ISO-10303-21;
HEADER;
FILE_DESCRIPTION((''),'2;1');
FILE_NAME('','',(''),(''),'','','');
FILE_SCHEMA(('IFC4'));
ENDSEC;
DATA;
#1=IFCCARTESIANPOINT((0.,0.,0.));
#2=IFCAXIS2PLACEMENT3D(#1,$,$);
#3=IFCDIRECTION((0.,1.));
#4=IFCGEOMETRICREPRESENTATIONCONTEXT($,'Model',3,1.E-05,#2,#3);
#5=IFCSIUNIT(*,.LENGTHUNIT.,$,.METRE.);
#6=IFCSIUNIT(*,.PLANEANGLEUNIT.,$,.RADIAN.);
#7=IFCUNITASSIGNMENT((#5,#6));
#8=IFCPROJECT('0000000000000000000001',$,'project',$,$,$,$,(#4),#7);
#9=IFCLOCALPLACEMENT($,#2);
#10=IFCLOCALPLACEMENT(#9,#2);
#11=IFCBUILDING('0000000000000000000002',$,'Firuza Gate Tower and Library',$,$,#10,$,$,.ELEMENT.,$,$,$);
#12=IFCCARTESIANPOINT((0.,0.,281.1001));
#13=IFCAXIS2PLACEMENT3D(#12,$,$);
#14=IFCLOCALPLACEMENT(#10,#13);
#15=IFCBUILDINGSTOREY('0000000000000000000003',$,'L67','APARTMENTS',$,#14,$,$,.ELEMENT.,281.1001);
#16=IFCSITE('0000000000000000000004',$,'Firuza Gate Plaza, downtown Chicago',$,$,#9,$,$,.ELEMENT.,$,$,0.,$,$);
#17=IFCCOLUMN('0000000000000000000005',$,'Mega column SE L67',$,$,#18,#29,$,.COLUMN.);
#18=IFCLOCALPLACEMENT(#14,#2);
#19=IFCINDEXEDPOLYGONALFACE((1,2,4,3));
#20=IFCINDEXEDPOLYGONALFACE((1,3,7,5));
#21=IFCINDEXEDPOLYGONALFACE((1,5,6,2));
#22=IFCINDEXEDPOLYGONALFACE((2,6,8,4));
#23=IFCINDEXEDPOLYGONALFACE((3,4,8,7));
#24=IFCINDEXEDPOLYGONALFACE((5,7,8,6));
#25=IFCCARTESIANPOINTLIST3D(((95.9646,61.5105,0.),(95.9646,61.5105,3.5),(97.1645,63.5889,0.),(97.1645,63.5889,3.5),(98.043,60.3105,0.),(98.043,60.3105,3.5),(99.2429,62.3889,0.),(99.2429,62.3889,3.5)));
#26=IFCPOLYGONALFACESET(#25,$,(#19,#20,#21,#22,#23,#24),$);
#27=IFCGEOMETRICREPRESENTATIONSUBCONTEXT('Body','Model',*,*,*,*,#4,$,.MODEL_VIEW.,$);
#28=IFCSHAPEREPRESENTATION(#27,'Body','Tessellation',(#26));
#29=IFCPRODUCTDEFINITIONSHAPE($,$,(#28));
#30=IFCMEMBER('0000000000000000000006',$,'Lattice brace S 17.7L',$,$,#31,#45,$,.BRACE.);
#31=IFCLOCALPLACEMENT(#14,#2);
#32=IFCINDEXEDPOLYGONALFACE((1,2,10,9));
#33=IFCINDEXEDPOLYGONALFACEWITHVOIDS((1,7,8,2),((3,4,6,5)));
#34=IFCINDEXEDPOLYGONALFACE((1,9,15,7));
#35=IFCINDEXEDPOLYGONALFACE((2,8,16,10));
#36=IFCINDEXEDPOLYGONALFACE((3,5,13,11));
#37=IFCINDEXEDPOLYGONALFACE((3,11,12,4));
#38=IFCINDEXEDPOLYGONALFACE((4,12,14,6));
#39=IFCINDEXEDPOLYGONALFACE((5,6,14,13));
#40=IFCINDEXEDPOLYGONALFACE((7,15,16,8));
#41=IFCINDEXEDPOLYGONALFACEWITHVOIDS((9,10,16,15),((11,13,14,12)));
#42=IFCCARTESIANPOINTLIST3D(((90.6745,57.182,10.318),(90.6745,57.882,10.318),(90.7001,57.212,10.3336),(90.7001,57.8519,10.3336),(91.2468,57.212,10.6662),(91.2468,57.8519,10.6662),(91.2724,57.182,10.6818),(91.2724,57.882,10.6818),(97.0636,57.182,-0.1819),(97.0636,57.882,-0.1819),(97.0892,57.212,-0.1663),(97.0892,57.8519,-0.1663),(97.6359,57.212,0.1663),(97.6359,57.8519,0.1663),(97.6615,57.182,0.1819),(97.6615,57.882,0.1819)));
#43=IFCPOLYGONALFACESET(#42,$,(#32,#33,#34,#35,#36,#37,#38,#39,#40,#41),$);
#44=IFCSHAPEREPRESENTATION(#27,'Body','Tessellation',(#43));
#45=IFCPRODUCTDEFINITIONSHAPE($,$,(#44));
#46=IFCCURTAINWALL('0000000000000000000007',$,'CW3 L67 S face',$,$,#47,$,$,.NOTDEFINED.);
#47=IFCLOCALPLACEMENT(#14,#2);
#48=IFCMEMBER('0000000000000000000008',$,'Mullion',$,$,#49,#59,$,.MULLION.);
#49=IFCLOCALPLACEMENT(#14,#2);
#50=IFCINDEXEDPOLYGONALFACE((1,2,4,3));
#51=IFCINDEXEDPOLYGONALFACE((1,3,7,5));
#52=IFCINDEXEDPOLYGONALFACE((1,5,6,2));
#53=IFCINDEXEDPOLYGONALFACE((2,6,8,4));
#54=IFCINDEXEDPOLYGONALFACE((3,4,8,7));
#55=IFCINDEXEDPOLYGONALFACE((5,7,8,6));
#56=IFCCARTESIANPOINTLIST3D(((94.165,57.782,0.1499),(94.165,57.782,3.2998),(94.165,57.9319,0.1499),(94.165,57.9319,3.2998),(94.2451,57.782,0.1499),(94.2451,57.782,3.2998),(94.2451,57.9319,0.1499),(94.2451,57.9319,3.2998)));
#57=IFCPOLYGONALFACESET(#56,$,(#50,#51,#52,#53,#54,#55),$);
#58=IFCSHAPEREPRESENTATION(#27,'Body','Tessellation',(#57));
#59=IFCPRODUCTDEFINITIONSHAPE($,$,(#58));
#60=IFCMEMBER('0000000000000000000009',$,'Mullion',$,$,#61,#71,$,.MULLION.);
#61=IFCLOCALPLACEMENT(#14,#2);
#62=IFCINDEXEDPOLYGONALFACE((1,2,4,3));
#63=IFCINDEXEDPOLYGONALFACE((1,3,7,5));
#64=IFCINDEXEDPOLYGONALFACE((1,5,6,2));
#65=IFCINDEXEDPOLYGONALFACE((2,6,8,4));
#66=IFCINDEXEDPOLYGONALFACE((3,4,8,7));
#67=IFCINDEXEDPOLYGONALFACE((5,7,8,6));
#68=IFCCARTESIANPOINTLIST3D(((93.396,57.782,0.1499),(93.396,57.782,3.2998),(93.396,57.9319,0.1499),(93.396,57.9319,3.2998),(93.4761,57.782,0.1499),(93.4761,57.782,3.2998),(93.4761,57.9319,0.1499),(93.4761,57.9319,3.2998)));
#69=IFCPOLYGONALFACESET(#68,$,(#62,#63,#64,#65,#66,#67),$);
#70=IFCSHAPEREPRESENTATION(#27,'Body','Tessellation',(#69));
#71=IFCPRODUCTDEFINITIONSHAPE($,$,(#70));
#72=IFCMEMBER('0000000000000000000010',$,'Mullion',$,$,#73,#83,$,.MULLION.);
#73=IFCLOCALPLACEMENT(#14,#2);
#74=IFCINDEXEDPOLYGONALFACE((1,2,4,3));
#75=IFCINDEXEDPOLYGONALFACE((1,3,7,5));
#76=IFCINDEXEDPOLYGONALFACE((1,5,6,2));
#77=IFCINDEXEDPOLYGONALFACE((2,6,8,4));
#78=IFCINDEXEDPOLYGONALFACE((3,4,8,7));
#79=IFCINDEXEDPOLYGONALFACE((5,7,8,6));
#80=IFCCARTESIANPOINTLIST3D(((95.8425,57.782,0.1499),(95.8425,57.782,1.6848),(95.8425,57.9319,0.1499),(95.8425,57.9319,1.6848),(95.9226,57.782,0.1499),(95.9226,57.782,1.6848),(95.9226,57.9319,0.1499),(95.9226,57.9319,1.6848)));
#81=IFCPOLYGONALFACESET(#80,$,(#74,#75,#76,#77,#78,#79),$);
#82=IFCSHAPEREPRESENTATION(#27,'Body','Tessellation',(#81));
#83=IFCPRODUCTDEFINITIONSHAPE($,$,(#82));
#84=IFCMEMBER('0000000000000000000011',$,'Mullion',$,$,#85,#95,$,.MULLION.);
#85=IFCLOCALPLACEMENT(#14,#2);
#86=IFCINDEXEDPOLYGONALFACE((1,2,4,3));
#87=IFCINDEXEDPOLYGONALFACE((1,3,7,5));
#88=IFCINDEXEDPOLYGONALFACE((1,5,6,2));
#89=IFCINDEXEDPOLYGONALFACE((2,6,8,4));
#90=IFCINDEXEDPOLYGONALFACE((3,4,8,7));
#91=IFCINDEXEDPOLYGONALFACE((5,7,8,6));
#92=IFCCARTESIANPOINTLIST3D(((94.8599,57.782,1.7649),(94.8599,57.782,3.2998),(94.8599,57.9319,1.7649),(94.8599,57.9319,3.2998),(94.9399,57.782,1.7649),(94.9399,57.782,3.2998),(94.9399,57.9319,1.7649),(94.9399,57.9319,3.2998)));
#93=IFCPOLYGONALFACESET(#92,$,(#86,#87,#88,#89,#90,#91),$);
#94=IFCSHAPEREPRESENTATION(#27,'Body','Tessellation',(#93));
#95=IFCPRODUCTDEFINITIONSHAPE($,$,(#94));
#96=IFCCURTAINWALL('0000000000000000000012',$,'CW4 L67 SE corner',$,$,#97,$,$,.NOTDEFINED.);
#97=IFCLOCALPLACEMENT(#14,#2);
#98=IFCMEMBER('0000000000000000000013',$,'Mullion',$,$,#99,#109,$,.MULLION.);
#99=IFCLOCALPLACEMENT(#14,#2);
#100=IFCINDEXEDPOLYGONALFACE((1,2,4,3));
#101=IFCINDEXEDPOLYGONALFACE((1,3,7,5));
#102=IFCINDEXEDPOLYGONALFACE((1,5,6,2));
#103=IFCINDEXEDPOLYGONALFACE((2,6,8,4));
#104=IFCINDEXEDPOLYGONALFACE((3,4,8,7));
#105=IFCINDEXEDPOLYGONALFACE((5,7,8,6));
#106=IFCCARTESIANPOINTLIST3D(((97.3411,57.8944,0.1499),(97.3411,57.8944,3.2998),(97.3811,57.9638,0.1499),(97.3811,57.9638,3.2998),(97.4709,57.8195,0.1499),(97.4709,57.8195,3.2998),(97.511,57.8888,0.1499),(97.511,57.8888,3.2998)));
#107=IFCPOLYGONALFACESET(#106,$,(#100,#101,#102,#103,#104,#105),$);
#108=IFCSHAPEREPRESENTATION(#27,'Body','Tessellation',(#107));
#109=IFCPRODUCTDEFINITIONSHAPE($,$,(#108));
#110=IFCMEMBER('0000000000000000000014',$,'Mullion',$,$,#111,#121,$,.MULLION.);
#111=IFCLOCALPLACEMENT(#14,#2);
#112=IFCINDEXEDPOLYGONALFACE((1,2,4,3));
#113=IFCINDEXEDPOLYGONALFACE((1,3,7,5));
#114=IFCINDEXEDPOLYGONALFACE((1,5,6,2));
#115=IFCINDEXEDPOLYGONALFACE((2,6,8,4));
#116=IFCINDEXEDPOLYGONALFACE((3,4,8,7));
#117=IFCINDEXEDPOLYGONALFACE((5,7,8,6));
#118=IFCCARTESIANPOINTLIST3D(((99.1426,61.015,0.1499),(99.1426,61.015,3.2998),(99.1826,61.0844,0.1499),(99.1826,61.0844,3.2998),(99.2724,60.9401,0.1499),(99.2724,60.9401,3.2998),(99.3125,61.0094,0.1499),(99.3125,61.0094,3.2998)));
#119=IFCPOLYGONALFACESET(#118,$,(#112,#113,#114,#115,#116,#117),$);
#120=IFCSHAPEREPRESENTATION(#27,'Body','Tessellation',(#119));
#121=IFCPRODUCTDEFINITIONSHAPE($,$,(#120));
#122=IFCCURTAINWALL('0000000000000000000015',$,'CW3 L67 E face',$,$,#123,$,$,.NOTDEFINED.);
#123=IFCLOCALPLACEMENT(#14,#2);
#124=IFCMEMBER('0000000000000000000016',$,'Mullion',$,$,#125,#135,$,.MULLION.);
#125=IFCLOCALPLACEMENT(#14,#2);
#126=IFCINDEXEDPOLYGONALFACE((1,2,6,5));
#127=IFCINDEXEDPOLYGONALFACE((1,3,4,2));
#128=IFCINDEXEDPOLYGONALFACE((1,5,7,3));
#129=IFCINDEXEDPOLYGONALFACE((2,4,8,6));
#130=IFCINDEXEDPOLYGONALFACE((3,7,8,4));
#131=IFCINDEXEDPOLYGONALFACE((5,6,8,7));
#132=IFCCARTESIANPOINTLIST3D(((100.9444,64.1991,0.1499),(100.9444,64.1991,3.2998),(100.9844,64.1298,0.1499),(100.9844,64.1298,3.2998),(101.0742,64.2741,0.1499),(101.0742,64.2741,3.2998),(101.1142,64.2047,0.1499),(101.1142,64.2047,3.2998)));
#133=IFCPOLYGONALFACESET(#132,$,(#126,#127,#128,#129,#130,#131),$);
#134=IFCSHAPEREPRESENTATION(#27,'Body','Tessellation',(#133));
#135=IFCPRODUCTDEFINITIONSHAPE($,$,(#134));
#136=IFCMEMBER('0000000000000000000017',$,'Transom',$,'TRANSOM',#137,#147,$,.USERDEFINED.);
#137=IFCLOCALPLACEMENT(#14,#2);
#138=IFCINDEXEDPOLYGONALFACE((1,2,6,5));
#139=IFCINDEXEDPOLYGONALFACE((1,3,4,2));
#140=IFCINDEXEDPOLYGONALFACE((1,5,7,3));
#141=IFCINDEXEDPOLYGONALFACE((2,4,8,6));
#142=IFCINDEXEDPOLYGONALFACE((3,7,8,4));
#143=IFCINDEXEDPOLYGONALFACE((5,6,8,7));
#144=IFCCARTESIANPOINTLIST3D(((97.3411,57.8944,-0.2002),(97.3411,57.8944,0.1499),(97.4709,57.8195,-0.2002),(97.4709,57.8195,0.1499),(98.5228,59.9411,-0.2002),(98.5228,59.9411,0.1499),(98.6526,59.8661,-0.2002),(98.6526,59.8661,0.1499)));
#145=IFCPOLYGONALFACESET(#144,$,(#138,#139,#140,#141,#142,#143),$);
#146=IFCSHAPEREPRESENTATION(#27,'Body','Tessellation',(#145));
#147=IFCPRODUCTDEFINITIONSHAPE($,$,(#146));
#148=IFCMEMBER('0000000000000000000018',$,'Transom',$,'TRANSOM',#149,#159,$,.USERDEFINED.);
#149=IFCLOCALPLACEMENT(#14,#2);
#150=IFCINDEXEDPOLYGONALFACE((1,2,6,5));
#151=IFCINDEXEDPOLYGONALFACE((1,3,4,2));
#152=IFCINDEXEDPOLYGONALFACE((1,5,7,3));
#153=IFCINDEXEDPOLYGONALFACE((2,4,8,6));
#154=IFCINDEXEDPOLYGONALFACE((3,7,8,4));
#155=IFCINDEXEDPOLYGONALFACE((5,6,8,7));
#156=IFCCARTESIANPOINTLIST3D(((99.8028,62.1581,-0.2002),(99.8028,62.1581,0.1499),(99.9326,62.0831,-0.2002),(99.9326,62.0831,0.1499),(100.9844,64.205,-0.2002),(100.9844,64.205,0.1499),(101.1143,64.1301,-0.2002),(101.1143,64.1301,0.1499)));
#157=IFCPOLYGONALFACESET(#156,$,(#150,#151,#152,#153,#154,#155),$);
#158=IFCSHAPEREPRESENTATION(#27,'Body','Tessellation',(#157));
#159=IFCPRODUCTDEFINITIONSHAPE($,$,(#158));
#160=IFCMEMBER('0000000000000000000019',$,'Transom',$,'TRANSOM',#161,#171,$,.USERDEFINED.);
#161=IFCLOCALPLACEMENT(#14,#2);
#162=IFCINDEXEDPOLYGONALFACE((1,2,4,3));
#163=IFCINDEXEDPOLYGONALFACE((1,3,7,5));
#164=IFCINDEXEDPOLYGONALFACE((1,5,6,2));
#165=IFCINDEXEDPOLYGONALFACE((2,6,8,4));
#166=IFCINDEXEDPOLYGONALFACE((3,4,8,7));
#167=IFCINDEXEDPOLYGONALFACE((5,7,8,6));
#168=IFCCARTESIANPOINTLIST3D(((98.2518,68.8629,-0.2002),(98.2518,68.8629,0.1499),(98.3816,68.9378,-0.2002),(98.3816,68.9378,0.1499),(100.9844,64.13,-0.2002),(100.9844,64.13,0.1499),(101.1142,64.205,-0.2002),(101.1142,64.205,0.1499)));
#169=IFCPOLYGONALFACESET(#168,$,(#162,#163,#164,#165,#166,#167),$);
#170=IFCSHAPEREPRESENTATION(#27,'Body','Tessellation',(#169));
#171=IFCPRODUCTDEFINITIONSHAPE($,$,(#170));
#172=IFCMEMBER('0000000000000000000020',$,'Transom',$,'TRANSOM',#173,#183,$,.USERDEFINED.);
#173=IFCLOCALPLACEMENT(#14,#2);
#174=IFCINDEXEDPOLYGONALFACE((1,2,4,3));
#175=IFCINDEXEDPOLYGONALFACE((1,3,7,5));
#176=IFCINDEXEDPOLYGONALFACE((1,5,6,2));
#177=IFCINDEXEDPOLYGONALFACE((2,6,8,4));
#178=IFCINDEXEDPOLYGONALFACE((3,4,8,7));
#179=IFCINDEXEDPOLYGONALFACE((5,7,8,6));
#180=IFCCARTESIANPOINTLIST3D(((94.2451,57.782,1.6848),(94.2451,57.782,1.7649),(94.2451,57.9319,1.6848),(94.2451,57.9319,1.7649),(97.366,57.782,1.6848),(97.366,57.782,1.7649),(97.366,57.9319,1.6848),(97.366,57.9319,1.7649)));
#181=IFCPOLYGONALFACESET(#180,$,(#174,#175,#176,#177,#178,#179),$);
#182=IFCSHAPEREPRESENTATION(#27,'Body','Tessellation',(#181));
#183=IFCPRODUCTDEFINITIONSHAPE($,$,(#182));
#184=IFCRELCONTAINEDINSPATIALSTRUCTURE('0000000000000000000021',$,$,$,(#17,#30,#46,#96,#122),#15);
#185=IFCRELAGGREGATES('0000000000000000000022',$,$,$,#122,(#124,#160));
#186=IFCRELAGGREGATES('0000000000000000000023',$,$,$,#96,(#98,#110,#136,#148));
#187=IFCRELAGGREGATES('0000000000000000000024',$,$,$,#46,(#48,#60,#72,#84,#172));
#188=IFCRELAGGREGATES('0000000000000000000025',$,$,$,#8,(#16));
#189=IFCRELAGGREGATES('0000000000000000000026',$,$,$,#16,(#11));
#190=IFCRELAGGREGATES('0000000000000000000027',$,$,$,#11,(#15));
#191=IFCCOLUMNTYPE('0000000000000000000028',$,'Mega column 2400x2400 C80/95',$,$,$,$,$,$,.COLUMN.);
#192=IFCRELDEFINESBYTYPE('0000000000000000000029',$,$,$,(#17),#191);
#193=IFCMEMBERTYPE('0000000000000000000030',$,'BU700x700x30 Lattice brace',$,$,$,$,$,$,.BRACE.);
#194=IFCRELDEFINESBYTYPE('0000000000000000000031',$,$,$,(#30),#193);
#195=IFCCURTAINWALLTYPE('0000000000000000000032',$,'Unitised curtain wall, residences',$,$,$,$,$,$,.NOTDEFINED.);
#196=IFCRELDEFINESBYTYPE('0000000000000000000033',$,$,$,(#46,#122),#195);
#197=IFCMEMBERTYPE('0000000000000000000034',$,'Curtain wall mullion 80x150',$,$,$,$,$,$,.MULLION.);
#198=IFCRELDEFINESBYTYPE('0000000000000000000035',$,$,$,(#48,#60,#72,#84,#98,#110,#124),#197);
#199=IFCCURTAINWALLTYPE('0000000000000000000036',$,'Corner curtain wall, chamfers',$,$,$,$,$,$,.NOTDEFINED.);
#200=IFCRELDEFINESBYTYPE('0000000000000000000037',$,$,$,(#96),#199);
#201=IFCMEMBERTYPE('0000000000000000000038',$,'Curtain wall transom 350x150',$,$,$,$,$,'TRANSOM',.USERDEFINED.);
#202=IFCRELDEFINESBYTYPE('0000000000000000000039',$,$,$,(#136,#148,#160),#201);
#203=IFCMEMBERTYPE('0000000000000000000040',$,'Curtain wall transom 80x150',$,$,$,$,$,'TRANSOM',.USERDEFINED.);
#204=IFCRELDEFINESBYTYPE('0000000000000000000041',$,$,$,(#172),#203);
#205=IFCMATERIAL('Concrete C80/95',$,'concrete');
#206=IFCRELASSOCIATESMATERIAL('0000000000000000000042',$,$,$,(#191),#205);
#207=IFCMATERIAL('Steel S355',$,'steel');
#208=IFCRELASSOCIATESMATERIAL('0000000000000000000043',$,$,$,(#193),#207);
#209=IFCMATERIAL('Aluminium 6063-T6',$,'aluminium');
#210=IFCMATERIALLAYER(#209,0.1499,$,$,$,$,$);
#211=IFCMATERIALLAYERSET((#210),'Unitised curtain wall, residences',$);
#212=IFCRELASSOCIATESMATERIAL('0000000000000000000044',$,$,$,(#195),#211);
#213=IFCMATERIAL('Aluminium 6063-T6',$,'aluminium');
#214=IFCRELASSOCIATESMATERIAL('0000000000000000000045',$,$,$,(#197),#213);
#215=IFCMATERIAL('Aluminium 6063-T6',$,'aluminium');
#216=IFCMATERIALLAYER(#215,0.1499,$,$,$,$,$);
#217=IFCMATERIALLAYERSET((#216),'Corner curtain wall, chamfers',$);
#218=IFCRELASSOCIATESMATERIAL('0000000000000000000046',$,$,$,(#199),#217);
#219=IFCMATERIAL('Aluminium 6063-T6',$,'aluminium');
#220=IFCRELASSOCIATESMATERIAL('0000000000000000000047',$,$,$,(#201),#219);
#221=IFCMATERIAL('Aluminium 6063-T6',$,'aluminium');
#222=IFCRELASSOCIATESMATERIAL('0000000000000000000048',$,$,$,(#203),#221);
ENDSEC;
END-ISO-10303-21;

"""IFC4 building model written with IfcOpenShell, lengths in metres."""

from ifc_helpers import new_model, si_unit, direction, frame, origin, origin_2d, place, context, subcontext, project, spatial, rectangle, hollow_rectangle, extrude, material, layer, layer_set, material_profile, profile_set, type_object, element, aggregate, save


model = new_model("IFC4")

# Units and contexts
model_context = context("Model", 3, precision=1e-05, world=origin(), true_north=direction((0.0, 1.0)))
body_context = subcontext(model_context, "Body", "Model", "MODEL_VIEW")
ifc_project = project(units=[si_unit("LENGTHUNIT", "METRE"), si_unit("PLANEANGLEUNIT", "RADIAN")], contexts=[model_context])

# Site, building, storey
site_placement = place(None, origin())
site = spatial("IfcSite", under=ifc_project, at=site_placement, Name="Firuza Gate Plaza, downtown Chicago", CompositionType="ELEMENT", RefElevation=0.0)
building_placement = place(site_placement, origin())
building = spatial("IfcBuilding", under=site, at=building_placement, Name="Firuza Gate Tower and Library", CompositionType="ELEMENT")
storey_placement = place(building_placement, frame((0.0, 0.0, 281.1001)))
storey = spatial("IfcBuildingStorey", under=building, at=storey_placement, Name="L67", Description="APARTMENTS", CompositionType="ELEMENT", Elevation=281.1001)

# Column
ifc_material_1 = material(Name="Concrete C80/95", Category="concrete")
ifc_material_profile_1 = material_profile(ifc_material_1, rectangle(XDim=2.3999, YDim=2.3999, at=origin_2d()))
ifc_profile_set_1 = profile_set([ifc_material_profile_1], Name="Concrete C80/95")
column_type = type_object("IfcColumnType", Name="Mega column 2400x2400 C80/95", PredefinedType="COLUMN", material=ifc_profile_set_1)
column_placement = place(storey_placement, frame((97.6038, 61.9497, 0.0), z_axis=(0.0, 0.0, 1.0), x_axis=(0.5, 0.866025, 0.0)))
element("IfcColumn", 1, at=column_placement, inside=storey, type_object=column_type, Name="Mega column SE L67", PredefinedType="COLUMN", context=body_context, shape_type="SweptSolid", body=[
    extrude(rectangle(XDim=2.3999, YDim=2.3999, at=origin_2d()), origin(), (0.0, 0.0, 1.0), 3.5),
])

# Member
ifc_material_2 = material(Name="Steel S355", Category="steel")
ifc_material_profile_2 = material_profile(ifc_material_2, hollow_rectangle(XDim=0.7, YDim=0.7, WallThickness=0.03, at=origin_2d()))
ifc_profile_set_2 = profile_set([ifc_material_profile_2], Name="Steel S355")
member_type_1 = type_object("IfcMemberType", Name="BU700x700x30 Lattice brace", PredefinedType="BRACE", material=ifc_profile_set_2)
member_1_placement = place(storey_placement, frame((97.3625, 57.532, 0.0), z_axis=(-0.51982, 0.0, 0.854276), x_axis=(0.0, -1.0, 0.0)))
element("IfcMember", 2, at=member_1_placement, inside=storey, type_object=member_type_1, Name="Lattice brace S 17.7L", PredefinedType="BRACE", context=body_context, shape_type="SweptSolid", body=[
    extrude(hollow_rectangle(XDim=0.7, YDim=0.7, WallThickness=0.03, at=origin_2d()), origin(), (0.0, 0.0, 1.0), 12.291),
])

# Curtain walls, members
ifc_material_3 = material(Name="Aluminium 6063-T6", Category="aluminium")
ifc_layer_1 = layer(ifc_material_3, 0.1499)
ifc_layer_set_1 = layer_set([ifc_layer_1], Name="Unitised curtain wall, residences")
curtain_wall_type_1 = type_object("IfcCurtainWallType", Name="Unitised curtain wall, residences", PredefinedType="NOTDEFINED", material=ifc_layer_set_1)
placement = place(storey_placement, origin())
curtain_wall_1 = element("IfcCurtainWall", 3, at=placement, inside=storey, type_object=curtain_wall_type_1, Name="CW3 L67 S face", PredefinedType="NOTDEFINED")
ifc_material_4 = material(Name="Aluminium 6063-T6", Category="aluminium")
ifc_material_profile_3 = material_profile(ifc_material_4, rectangle(XDim=0.1499, YDim=0.0801, at=origin_2d()))
ifc_profile_set_3 = profile_set([ifc_material_profile_3], Name="Aluminium 6063-T6")
member_type_2 = type_object("IfcMemberType", Name="Curtain wall mullion 80x150", PredefinedType="MULLION", material=ifc_profile_set_3)
member_2_placement = place(storey_placement, frame((94.2051, 57.8569, 0.1499), z_axis=(0.0, 0.0, 1.0), x_axis=(0.0, 1.0, 0.0)))
member_2 = element("IfcMember", 4, at=member_2_placement, type_object=member_type_2, Name="Mullion", PredefinedType="MULLION", context=body_context, shape_type="SweptSolid", body=[
    extrude(rectangle(XDim=0.1499, YDim=0.0801, at=origin_2d()), origin(), (0.0, 0.0, 1.0), 3.1499),
])
member_3_placement = place(storey_placement, frame((93.436, 57.8569, 0.1499), z_axis=(0.0, 0.0, 1.0), x_axis=(0.0, 1.0, 0.0)))
member_3 = element("IfcMember", 5, at=member_3_placement, type_object=member_type_2, Name="Mullion", PredefinedType="MULLION", context=body_context, shape_type="SweptSolid", body=[
    extrude(rectangle(XDim=0.1499, YDim=0.0801, at=origin_2d()), origin(), (0.0, 0.0, 1.0), 3.1499),
])
member_4_placement = place(storey_placement, frame((95.8826, 57.8569, 0.1499), z_axis=(0.0, 0.0, 1.0), x_axis=(0.0, 1.0, 0.0)))
member_4 = element("IfcMember", 6, at=member_4_placement, type_object=member_type_2, Name="Mullion", PredefinedType="MULLION", context=body_context, shape_type="SweptSolid", body=[
    extrude(rectangle(XDim=0.1499, YDim=0.0801, at=origin_2d()), origin(), (0.0, 0.0, 1.0), 1.5349),
])
member_5_placement = place(storey_placement, frame((94.8999, 57.8569, 1.7649), z_axis=(0.0, 0.0, 1.0), x_axis=(0.0, 1.0, 0.0)))
member_5 = element("IfcMember", 7, at=member_5_placement, type_object=member_type_2, Name="Mullion", PredefinedType="MULLION", context=body_context, shape_type="SweptSolid", body=[
    extrude(rectangle(XDim=0.1499, YDim=0.0801, at=origin_2d()), origin(), (0.0, 0.0, 1.0), 1.5349),
])
ifc_material_5 = material(Name="Aluminium 6063-T6", Category="aluminium")
ifc_layer_2 = layer(ifc_material_5, 0.1499)
ifc_layer_set_2 = layer_set([ifc_layer_2], Name="Corner curtain wall, chamfers")
curtain_wall_type_2 = type_object("IfcCurtainWallType", Name="Corner curtain wall, chamfers", PredefinedType="NOTDEFINED", material=ifc_layer_set_2)
curtain_wall_2 = element("IfcCurtainWall", 8, at=placement, inside=storey, type_object=curtain_wall_type_2, Name="CW4 L67 SE corner", PredefinedType="NOTDEFINED")
member_6_placement = place(storey_placement, frame((97.426, 57.8916, 0.1499), z_axis=(0.0, 0.0, 1.0), x_axis=(-0.866025, 0.5, 0.0)))
member_6 = element("IfcMember", 9, at=member_6_placement, type_object=member_type_2, Name="Mullion", PredefinedType="MULLION", context=body_context, shape_type="SweptSolid", body=[
    extrude(rectangle(XDim=0.1499, YDim=0.0801, at=origin_2d()), origin(), (0.0, 0.0, 1.0), 3.1499),
])
member_7_placement = place(storey_placement, frame((99.2275, 61.0122, 0.1499), z_axis=(0.0, 0.0, 1.0), x_axis=(-0.866025, 0.5, 0.0)))
member_7 = element("IfcMember", 10, at=member_7_placement, type_object=member_type_2, Name="Mullion", PredefinedType="MULLION", context=body_context, shape_type="SweptSolid", body=[
    extrude(rectangle(XDim=0.1499, YDim=0.0801, at=origin_2d()), origin(), (0.0, 0.0, 1.0), 3.1499),
])

# Curtain wall, member
curtain_wall_3 = element("IfcCurtainWall", 11, at=placement, inside=storey, type_object=curtain_wall_type_1, Name="CW3 L67 E face", PredefinedType="NOTDEFINED")
member_8_placement = place(storey_placement, frame((101.0293, 64.2019, 0.1499), z_axis=(0.0, 0.0, 1.0), x_axis=(-0.866025, -0.5, 0.0)))
member_8 = element("IfcMember", 12, at=member_8_placement, type_object=member_type_2, Name="Mullion", PredefinedType="MULLION", context=body_context, shape_type="SweptSolid", body=[
    extrude(rectangle(XDim=0.1499, YDim=0.0801, at=origin_2d()), origin(), (0.0, 0.0, 1.0), 3.1499),
])

# Members
ifc_material_6 = material(Name="Aluminium 6063-T6", Category="aluminium")
ifc_material_profile_4 = material_profile(ifc_material_6, rectangle(XDim=0.1499, YDim=0.3501, at=origin_2d()))
ifc_profile_set_4 = profile_set([ifc_material_profile_4], Name="Aluminium 6063-T6")
member_type_3 = type_object("IfcMemberType", Name="Curtain wall transom 350x150", ElementType="TRANSOM", PredefinedType="USERDEFINED", material=ifc_profile_set_4)
member_9_placement = place(storey_placement, frame((97.406, 57.8569, -0.0251), z_axis=(0.500006, 0.866022, 0.0), x_axis=(-0.866022, 0.500006, 0.0)))
member_9 = element("IfcMember", 13, at=member_9_placement, type_object=member_type_3, Name="Transom", ObjectType="TRANSOM", PredefinedType="USERDEFINED", context=body_context, shape_type="SweptSolid", body=[
    extrude(rectangle(XDim=0.1499, YDim=0.3501, at=origin_2d()), origin(), (0.0, 0.0, 1.0), 2.3633),
])
member_10_placement = place(storey_placement, frame((99.8677, 62.1206, -0.0251), z_axis=(0.499961, 0.866048, 0.0), x_axis=(-0.866048, 0.499961, 0.0)))
member_10 = element("IfcMember", 14, at=member_10_placement, type_object=member_type_3, Name="Transom", ObjectType="TRANSOM", PredefinedType="USERDEFINED", context=body_context, shape_type="SweptSolid", body=[
    extrude(rectangle(XDim=0.1499, YDim=0.3501, at=origin_2d()), origin(), (0.0, 0.0, 1.0), 2.3635),
])
member_11_placement = place(storey_placement, frame((101.0493, 64.1675, -0.0251), z_axis=(-0.500016, 0.866016, 0.0), x_axis=(-0.866016, -0.500016, 0.0)))
member_11 = element("IfcMember", 15, at=member_11_placement, type_object=member_type_3, Name="Transom", ObjectType="TRANSOM", PredefinedType="USERDEFINED", context=body_context, shape_type="SweptSolid", body=[
    extrude(rectangle(XDim=0.1499, YDim=0.3501, at=origin_2d()), origin(), (0.0, 0.0, 1.0), 5.4651),
])
aggregate(curtain_wall_3, [member_8, member_11])
ifc_material_7 = material(Name="Aluminium 6063-T6", Category="aluminium")
ifc_material_profile_5 = material_profile(ifc_material_7, rectangle(XDim=0.1499, YDim=0.0801, at=origin_2d()))
ifc_profile_set_5 = profile_set([ifc_material_profile_5], Name="Aluminium 6063-T6")
member_type_4 = type_object("IfcMemberType", Name="Curtain wall transom 80x150", ElementType="TRANSOM", PredefinedType="USERDEFINED", material=ifc_profile_set_5)
member_12_placement = place(storey_placement, frame((94.2451, 57.8569, 1.7249), z_axis=(1.0, 0.0, 0.0), x_axis=(0.0, 1.0, 0.0)))
member_12 = element("IfcMember", 16, at=member_12_placement, type_object=member_type_4, Name="Transom", ObjectType="TRANSOM", PredefinedType="USERDEFINED", context=body_context, shape_type="SweptSolid", body=[
    extrude(rectangle(XDim=0.1499, YDim=0.0801, at=origin_2d()), origin(), (0.0, 0.0, 1.0), 3.1208),
])

aggregate(curtain_wall_2, [member_6, member_7, member_9, member_10])
aggregate(curtain_wall_1, [member_2, member_3, member_4, member_5, member_12])

save(model, "model.ifc")
